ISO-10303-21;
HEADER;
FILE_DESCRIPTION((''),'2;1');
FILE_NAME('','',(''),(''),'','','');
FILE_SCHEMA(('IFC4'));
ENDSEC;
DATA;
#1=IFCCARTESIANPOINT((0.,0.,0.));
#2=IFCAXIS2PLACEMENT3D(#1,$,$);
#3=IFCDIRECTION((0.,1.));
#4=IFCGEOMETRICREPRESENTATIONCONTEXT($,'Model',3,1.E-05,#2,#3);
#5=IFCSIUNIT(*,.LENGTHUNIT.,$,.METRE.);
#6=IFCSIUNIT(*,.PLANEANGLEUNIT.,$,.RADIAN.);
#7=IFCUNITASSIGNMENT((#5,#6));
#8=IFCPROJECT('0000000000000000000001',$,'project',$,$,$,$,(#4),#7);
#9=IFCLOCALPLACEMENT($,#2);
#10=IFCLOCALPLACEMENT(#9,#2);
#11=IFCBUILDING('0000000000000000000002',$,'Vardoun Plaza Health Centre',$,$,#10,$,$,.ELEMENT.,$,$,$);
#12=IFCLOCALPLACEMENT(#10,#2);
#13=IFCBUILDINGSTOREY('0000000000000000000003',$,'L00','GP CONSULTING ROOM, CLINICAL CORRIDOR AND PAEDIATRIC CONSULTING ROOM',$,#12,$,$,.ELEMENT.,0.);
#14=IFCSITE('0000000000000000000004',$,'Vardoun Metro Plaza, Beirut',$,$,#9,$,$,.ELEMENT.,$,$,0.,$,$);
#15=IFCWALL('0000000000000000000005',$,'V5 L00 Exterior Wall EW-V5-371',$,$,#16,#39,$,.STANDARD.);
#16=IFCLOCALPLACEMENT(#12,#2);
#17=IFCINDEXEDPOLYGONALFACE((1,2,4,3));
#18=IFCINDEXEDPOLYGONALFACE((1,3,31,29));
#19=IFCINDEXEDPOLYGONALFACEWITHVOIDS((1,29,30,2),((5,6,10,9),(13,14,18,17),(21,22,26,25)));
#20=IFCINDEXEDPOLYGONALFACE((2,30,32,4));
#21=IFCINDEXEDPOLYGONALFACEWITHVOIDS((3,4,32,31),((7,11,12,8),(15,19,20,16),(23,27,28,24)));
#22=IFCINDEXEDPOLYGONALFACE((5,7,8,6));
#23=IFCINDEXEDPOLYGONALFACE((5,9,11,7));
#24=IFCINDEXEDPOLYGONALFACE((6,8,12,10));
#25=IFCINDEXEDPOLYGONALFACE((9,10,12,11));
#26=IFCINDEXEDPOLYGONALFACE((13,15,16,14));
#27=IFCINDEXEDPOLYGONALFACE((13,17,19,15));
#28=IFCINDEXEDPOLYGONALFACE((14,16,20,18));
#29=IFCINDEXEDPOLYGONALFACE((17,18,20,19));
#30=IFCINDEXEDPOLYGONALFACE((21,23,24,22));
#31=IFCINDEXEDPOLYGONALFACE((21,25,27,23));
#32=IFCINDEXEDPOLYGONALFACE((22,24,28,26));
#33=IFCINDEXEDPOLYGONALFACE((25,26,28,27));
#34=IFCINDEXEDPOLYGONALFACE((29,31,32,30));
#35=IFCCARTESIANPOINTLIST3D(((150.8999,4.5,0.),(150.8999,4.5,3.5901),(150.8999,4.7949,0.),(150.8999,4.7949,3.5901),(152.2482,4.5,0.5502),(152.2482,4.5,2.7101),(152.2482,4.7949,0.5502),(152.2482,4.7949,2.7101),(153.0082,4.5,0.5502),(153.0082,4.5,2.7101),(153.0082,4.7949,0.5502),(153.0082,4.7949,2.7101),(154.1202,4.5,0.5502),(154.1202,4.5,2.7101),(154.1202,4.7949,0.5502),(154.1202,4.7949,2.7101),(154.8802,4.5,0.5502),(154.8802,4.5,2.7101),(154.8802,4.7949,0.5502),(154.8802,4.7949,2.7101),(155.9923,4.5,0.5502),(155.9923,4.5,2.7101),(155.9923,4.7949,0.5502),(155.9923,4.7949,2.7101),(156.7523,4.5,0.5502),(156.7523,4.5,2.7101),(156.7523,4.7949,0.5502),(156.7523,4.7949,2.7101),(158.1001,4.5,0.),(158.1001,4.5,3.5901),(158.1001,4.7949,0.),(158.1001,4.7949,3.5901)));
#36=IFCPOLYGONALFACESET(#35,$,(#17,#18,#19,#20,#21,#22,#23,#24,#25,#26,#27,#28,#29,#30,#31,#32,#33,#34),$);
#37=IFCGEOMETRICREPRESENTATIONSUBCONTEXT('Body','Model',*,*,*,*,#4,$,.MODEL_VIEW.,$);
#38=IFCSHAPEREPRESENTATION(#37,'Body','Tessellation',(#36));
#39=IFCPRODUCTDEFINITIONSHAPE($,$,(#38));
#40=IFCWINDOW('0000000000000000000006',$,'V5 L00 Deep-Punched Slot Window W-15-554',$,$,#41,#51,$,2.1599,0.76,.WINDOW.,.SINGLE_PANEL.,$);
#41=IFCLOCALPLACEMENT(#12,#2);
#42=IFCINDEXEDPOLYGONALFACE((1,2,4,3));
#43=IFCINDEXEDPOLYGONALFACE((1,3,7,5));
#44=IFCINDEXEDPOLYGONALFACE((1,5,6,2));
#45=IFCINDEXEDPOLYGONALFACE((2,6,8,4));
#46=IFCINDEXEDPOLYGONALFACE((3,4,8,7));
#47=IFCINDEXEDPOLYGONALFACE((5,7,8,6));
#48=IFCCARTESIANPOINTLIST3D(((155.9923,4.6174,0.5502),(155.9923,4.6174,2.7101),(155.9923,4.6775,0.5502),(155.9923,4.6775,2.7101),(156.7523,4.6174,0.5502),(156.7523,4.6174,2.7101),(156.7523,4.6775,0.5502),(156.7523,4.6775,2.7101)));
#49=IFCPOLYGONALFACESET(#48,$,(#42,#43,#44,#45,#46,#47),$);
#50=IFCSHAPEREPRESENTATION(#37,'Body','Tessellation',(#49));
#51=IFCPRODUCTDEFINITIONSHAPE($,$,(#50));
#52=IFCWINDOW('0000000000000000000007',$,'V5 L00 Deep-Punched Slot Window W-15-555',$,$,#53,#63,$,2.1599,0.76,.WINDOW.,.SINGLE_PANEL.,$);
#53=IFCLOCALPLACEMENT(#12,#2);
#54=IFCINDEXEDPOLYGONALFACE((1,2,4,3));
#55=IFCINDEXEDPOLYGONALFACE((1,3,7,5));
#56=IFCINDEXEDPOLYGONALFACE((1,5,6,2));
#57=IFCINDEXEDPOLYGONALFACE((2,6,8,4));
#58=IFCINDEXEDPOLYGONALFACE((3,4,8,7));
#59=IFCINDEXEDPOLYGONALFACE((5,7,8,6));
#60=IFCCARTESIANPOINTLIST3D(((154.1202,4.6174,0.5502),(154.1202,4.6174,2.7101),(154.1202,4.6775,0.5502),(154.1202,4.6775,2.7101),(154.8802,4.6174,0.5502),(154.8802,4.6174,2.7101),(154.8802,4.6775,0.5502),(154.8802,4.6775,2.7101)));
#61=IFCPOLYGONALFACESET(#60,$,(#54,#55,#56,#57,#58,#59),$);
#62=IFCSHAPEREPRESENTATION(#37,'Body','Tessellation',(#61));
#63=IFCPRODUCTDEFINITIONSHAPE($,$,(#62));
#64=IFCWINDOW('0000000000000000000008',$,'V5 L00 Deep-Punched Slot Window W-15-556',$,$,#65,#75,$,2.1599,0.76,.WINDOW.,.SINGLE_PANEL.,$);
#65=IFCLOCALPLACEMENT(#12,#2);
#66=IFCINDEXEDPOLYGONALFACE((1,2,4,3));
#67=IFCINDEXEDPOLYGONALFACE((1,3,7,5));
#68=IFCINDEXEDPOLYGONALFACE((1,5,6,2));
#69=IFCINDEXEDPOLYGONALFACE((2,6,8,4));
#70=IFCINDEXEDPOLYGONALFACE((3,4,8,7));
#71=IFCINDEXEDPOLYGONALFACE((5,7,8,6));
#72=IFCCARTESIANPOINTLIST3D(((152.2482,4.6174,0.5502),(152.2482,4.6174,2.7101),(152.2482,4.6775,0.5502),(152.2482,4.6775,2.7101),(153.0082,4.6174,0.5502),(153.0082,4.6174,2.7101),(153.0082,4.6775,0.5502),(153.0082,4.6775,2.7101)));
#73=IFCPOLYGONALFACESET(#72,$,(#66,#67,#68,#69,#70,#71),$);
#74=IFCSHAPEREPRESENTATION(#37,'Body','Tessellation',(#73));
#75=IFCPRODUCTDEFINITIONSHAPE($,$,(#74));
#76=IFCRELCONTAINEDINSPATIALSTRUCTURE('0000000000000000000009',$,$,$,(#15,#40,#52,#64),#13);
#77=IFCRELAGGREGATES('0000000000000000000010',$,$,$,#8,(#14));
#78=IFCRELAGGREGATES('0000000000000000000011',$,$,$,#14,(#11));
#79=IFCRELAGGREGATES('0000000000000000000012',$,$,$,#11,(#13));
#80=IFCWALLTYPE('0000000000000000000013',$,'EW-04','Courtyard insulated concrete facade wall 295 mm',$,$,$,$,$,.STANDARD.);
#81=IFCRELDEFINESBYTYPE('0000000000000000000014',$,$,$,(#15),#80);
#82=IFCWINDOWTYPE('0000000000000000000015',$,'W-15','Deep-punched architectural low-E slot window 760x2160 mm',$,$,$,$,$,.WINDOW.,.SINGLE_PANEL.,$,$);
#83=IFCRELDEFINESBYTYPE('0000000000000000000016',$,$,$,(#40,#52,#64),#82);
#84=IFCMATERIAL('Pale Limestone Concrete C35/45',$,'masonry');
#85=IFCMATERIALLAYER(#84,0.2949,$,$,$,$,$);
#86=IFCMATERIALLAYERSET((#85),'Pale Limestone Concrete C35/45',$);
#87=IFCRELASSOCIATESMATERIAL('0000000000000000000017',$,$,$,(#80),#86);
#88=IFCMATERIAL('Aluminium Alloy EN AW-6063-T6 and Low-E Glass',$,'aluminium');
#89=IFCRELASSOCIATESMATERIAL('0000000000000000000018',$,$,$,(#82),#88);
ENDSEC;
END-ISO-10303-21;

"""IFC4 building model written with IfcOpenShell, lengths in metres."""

from ifc_helpers import new_model, si_unit, direction, frame, frame_2d, origin, place, context, subcontext, project, spatial, rectangle, extrude, material, layer, layer_set, type_object, element, fill, save


model = new_model("IFC4")

# Units and contexts
model_context = context("Model", 3, precision=1e-05, world=origin(), true_north=direction((0.0, 1.0)))
body_context = subcontext(model_context, "Body", "Model", "MODEL_VIEW")
ifc_project = project(units=[si_unit("LENGTHUNIT", "METRE"), si_unit("PLANEANGLEUNIT", "RADIAN")], contexts=[model_context])

# Site, building, storey
site_placement = place(None, origin())
site = spatial("IfcSite", under=ifc_project, at=site_placement, Name="Vardoun Metro Plaza, Beirut", CompositionType="ELEMENT", RefElevation=0.0)
building_placement = place(site_placement, origin())
building = spatial("IfcBuilding", under=site, at=building_placement, Name="Vardoun Plaza Health Centre", CompositionType="ELEMENT")
storey_placement = place(building_placement, origin())
storey = spatial("IfcBuildingStorey", under=building, at=storey_placement, Name="L00", Description="GP CONSULTING ROOM, CLINICAL CORRIDOR AND PAEDIATRIC CONSULTING ROOM", CompositionType="ELEMENT", Elevation=0.0)

# Wall, openings, windows
ifc_material_1 = material(Name="Pale Limestone Concrete C35/45", Category="masonry")
ifc_layer = layer(ifc_material_1, 0.2949)
ifc_layer_set = layer_set([ifc_layer], Name="Pale Limestone Concrete C35/45")
wall_type = type_object("IfcWallType", Name="EW-04", Description="Courtyard insulated concrete facade wall 295 mm", PredefinedType="STANDARD", material=ifc_layer_set)
wall_1_placement = place(storey_placement, frame((158.1001, 4.6475, 0.0), z_axis=(0.0, 0.0, 1.0), x_axis=(-1.0, 0.0, 0.0)))
wall_1 = element("IfcWall", 1, at=wall_1_placement, inside=storey, type_object=wall_type, Name="V5 L00 Exterior Wall EW-V5-371", PredefinedType="STANDARD", context=body_context, shape_type="SweptSolid", body=[
    extrude(rectangle(XDim=7.2002, YDim=0.2949, at=frame_2d((3.6001, 0.0))), origin(), (0.0, 0.0, 1.0), 3.5901),
])
opening_1_placement = place(wall_1_placement, frame((1.3479, 0.0, 0.55)))
opening_1 = element("IfcOpeningElement", 2, at=opening_1_placement, cuts=wall_1, PredefinedType="OPENING", context=body_context, shape_type="SweptSolid", body=[
    extrude(rectangle(XDim=0.76, YDim=2.1599, at=frame_2d((0.3799, 1.0801))), frame((0.0, 0.1475, 0.0), z_axis=(0.0, -1.0, 0.0), x_axis=(1.0, 0.0, 0.0)), (0.0, 0.0, 1.0), 0.2949),
])
opening_2_placement = place(wall_1_placement, frame((3.22, 0.0, 0.55)))
opening_2 = element("IfcOpeningElement", 3, at=opening_2_placement, cuts=wall_1, PredefinedType="OPENING", context=body_context, shape_type="SweptSolid", body=[
    extrude(rectangle(XDim=0.76, YDim=2.1599, at=frame_2d((0.3799, 1.0801))), frame((0.0, 0.1475, 0.0), z_axis=(0.0, -1.0, 0.0), x_axis=(1.0, 0.0, 0.0)), (0.0, 0.0, 1.0), 0.2949),
])
opening_3_placement = place(wall_1_placement, frame((5.092, 0.0, 0.55)))
opening_3 = element("IfcOpeningElement", 4, at=opening_3_placement, cuts=wall_1, PredefinedType="OPENING", context=body_context, shape_type="SweptSolid", body=[
    extrude(rectangle(XDim=0.76, YDim=2.1599, at=frame_2d((0.3799, 1.0801))), frame((0.0, 0.1475, 0.0), z_axis=(0.0, -1.0, 0.0), x_axis=(1.0, 0.0, 0.0)), (0.0, 0.0, 1.0), 0.2949),
])
ifc_material_2 = material(Name="Aluminium Alloy EN AW-6063-T6 and Low-E Glass", Category="aluminium")
window_type_1 = type_object("IfcWindowType", Name="W-15", Description="Deep-punched architectural low-E slot window 760x2160 mm", PartitioningType="SINGLE_PANEL", PredefinedType="WINDOW", material=ifc_material_2)
window_1_placement = place(opening_1_placement, origin())
window_1 = element("IfcWindow", 5, at=window_1_placement, inside=storey, type_object=window_type_1, Name="V5 L00 Deep-Punched Slot Window W-15-554", OverallHeight=2.1599, OverallWidth=0.76, PartitioningType="SINGLE_PANEL", PredefinedType="WINDOW", context=body_context, shape_type="SweptSolid", body=[
    extrude(rectangle(XDim=0.76, YDim=2.1599, at=frame_2d((0.3799, 1.0801))), frame((0.0, 0.03, 0.0), z_axis=(0.0, -1.0, 0.0), x_axis=(1.0, 0.0, 0.0)), (0.0, 0.0, 1.0), 0.0601),
])
fill(opening_1, window_1)
window_2_placement = place(opening_2_placement, origin())
window_2 = element("IfcWindow", 6, at=window_2_placement, inside=storey, type_object=window_type_1, Name="V5 L00 Deep-Punched Slot Window W-15-555", OverallHeight=2.1599, OverallWidth=0.76, PartitioningType="SINGLE_PANEL", PredefinedType="WINDOW", context=body_context, shape_type="SweptSolid", body=[
    extrude(rectangle(XDim=0.76, YDim=2.1599, at=frame_2d((0.3799, 1.0801))), frame((0.0, 0.03, 0.0), z_axis=(0.0, -1.0, 0.0), x_axis=(1.0, 0.0, 0.0)), (0.0, 0.0, 1.0), 0.0601),
])
fill(opening_2, window_2)
window_3_placement = place(opening_3_placement, origin())
window_3 = element("IfcWindow", 7, at=window_3_placement, inside=storey, type_object=window_type_1, Name="V5 L00 Deep-Punched Slot Window W-15-556", OverallHeight=2.1599, OverallWidth=0.76, PartitioningType="SINGLE_PANEL", PredefinedType="WINDOW", context=body_context, shape_type="SweptSolid", body=[
    extrude(rectangle(XDim=0.76, YDim=2.1599, at=frame_2d((0.3799, 1.0801))), frame((0.0, 0.03, 0.0), z_axis=(0.0, -1.0, 0.0), x_axis=(1.0, 0.0, 0.0)), (0.0, 0.0, 1.0), 0.0601),
])
fill(opening_3, window_3)

save(model, "model.ifc")
